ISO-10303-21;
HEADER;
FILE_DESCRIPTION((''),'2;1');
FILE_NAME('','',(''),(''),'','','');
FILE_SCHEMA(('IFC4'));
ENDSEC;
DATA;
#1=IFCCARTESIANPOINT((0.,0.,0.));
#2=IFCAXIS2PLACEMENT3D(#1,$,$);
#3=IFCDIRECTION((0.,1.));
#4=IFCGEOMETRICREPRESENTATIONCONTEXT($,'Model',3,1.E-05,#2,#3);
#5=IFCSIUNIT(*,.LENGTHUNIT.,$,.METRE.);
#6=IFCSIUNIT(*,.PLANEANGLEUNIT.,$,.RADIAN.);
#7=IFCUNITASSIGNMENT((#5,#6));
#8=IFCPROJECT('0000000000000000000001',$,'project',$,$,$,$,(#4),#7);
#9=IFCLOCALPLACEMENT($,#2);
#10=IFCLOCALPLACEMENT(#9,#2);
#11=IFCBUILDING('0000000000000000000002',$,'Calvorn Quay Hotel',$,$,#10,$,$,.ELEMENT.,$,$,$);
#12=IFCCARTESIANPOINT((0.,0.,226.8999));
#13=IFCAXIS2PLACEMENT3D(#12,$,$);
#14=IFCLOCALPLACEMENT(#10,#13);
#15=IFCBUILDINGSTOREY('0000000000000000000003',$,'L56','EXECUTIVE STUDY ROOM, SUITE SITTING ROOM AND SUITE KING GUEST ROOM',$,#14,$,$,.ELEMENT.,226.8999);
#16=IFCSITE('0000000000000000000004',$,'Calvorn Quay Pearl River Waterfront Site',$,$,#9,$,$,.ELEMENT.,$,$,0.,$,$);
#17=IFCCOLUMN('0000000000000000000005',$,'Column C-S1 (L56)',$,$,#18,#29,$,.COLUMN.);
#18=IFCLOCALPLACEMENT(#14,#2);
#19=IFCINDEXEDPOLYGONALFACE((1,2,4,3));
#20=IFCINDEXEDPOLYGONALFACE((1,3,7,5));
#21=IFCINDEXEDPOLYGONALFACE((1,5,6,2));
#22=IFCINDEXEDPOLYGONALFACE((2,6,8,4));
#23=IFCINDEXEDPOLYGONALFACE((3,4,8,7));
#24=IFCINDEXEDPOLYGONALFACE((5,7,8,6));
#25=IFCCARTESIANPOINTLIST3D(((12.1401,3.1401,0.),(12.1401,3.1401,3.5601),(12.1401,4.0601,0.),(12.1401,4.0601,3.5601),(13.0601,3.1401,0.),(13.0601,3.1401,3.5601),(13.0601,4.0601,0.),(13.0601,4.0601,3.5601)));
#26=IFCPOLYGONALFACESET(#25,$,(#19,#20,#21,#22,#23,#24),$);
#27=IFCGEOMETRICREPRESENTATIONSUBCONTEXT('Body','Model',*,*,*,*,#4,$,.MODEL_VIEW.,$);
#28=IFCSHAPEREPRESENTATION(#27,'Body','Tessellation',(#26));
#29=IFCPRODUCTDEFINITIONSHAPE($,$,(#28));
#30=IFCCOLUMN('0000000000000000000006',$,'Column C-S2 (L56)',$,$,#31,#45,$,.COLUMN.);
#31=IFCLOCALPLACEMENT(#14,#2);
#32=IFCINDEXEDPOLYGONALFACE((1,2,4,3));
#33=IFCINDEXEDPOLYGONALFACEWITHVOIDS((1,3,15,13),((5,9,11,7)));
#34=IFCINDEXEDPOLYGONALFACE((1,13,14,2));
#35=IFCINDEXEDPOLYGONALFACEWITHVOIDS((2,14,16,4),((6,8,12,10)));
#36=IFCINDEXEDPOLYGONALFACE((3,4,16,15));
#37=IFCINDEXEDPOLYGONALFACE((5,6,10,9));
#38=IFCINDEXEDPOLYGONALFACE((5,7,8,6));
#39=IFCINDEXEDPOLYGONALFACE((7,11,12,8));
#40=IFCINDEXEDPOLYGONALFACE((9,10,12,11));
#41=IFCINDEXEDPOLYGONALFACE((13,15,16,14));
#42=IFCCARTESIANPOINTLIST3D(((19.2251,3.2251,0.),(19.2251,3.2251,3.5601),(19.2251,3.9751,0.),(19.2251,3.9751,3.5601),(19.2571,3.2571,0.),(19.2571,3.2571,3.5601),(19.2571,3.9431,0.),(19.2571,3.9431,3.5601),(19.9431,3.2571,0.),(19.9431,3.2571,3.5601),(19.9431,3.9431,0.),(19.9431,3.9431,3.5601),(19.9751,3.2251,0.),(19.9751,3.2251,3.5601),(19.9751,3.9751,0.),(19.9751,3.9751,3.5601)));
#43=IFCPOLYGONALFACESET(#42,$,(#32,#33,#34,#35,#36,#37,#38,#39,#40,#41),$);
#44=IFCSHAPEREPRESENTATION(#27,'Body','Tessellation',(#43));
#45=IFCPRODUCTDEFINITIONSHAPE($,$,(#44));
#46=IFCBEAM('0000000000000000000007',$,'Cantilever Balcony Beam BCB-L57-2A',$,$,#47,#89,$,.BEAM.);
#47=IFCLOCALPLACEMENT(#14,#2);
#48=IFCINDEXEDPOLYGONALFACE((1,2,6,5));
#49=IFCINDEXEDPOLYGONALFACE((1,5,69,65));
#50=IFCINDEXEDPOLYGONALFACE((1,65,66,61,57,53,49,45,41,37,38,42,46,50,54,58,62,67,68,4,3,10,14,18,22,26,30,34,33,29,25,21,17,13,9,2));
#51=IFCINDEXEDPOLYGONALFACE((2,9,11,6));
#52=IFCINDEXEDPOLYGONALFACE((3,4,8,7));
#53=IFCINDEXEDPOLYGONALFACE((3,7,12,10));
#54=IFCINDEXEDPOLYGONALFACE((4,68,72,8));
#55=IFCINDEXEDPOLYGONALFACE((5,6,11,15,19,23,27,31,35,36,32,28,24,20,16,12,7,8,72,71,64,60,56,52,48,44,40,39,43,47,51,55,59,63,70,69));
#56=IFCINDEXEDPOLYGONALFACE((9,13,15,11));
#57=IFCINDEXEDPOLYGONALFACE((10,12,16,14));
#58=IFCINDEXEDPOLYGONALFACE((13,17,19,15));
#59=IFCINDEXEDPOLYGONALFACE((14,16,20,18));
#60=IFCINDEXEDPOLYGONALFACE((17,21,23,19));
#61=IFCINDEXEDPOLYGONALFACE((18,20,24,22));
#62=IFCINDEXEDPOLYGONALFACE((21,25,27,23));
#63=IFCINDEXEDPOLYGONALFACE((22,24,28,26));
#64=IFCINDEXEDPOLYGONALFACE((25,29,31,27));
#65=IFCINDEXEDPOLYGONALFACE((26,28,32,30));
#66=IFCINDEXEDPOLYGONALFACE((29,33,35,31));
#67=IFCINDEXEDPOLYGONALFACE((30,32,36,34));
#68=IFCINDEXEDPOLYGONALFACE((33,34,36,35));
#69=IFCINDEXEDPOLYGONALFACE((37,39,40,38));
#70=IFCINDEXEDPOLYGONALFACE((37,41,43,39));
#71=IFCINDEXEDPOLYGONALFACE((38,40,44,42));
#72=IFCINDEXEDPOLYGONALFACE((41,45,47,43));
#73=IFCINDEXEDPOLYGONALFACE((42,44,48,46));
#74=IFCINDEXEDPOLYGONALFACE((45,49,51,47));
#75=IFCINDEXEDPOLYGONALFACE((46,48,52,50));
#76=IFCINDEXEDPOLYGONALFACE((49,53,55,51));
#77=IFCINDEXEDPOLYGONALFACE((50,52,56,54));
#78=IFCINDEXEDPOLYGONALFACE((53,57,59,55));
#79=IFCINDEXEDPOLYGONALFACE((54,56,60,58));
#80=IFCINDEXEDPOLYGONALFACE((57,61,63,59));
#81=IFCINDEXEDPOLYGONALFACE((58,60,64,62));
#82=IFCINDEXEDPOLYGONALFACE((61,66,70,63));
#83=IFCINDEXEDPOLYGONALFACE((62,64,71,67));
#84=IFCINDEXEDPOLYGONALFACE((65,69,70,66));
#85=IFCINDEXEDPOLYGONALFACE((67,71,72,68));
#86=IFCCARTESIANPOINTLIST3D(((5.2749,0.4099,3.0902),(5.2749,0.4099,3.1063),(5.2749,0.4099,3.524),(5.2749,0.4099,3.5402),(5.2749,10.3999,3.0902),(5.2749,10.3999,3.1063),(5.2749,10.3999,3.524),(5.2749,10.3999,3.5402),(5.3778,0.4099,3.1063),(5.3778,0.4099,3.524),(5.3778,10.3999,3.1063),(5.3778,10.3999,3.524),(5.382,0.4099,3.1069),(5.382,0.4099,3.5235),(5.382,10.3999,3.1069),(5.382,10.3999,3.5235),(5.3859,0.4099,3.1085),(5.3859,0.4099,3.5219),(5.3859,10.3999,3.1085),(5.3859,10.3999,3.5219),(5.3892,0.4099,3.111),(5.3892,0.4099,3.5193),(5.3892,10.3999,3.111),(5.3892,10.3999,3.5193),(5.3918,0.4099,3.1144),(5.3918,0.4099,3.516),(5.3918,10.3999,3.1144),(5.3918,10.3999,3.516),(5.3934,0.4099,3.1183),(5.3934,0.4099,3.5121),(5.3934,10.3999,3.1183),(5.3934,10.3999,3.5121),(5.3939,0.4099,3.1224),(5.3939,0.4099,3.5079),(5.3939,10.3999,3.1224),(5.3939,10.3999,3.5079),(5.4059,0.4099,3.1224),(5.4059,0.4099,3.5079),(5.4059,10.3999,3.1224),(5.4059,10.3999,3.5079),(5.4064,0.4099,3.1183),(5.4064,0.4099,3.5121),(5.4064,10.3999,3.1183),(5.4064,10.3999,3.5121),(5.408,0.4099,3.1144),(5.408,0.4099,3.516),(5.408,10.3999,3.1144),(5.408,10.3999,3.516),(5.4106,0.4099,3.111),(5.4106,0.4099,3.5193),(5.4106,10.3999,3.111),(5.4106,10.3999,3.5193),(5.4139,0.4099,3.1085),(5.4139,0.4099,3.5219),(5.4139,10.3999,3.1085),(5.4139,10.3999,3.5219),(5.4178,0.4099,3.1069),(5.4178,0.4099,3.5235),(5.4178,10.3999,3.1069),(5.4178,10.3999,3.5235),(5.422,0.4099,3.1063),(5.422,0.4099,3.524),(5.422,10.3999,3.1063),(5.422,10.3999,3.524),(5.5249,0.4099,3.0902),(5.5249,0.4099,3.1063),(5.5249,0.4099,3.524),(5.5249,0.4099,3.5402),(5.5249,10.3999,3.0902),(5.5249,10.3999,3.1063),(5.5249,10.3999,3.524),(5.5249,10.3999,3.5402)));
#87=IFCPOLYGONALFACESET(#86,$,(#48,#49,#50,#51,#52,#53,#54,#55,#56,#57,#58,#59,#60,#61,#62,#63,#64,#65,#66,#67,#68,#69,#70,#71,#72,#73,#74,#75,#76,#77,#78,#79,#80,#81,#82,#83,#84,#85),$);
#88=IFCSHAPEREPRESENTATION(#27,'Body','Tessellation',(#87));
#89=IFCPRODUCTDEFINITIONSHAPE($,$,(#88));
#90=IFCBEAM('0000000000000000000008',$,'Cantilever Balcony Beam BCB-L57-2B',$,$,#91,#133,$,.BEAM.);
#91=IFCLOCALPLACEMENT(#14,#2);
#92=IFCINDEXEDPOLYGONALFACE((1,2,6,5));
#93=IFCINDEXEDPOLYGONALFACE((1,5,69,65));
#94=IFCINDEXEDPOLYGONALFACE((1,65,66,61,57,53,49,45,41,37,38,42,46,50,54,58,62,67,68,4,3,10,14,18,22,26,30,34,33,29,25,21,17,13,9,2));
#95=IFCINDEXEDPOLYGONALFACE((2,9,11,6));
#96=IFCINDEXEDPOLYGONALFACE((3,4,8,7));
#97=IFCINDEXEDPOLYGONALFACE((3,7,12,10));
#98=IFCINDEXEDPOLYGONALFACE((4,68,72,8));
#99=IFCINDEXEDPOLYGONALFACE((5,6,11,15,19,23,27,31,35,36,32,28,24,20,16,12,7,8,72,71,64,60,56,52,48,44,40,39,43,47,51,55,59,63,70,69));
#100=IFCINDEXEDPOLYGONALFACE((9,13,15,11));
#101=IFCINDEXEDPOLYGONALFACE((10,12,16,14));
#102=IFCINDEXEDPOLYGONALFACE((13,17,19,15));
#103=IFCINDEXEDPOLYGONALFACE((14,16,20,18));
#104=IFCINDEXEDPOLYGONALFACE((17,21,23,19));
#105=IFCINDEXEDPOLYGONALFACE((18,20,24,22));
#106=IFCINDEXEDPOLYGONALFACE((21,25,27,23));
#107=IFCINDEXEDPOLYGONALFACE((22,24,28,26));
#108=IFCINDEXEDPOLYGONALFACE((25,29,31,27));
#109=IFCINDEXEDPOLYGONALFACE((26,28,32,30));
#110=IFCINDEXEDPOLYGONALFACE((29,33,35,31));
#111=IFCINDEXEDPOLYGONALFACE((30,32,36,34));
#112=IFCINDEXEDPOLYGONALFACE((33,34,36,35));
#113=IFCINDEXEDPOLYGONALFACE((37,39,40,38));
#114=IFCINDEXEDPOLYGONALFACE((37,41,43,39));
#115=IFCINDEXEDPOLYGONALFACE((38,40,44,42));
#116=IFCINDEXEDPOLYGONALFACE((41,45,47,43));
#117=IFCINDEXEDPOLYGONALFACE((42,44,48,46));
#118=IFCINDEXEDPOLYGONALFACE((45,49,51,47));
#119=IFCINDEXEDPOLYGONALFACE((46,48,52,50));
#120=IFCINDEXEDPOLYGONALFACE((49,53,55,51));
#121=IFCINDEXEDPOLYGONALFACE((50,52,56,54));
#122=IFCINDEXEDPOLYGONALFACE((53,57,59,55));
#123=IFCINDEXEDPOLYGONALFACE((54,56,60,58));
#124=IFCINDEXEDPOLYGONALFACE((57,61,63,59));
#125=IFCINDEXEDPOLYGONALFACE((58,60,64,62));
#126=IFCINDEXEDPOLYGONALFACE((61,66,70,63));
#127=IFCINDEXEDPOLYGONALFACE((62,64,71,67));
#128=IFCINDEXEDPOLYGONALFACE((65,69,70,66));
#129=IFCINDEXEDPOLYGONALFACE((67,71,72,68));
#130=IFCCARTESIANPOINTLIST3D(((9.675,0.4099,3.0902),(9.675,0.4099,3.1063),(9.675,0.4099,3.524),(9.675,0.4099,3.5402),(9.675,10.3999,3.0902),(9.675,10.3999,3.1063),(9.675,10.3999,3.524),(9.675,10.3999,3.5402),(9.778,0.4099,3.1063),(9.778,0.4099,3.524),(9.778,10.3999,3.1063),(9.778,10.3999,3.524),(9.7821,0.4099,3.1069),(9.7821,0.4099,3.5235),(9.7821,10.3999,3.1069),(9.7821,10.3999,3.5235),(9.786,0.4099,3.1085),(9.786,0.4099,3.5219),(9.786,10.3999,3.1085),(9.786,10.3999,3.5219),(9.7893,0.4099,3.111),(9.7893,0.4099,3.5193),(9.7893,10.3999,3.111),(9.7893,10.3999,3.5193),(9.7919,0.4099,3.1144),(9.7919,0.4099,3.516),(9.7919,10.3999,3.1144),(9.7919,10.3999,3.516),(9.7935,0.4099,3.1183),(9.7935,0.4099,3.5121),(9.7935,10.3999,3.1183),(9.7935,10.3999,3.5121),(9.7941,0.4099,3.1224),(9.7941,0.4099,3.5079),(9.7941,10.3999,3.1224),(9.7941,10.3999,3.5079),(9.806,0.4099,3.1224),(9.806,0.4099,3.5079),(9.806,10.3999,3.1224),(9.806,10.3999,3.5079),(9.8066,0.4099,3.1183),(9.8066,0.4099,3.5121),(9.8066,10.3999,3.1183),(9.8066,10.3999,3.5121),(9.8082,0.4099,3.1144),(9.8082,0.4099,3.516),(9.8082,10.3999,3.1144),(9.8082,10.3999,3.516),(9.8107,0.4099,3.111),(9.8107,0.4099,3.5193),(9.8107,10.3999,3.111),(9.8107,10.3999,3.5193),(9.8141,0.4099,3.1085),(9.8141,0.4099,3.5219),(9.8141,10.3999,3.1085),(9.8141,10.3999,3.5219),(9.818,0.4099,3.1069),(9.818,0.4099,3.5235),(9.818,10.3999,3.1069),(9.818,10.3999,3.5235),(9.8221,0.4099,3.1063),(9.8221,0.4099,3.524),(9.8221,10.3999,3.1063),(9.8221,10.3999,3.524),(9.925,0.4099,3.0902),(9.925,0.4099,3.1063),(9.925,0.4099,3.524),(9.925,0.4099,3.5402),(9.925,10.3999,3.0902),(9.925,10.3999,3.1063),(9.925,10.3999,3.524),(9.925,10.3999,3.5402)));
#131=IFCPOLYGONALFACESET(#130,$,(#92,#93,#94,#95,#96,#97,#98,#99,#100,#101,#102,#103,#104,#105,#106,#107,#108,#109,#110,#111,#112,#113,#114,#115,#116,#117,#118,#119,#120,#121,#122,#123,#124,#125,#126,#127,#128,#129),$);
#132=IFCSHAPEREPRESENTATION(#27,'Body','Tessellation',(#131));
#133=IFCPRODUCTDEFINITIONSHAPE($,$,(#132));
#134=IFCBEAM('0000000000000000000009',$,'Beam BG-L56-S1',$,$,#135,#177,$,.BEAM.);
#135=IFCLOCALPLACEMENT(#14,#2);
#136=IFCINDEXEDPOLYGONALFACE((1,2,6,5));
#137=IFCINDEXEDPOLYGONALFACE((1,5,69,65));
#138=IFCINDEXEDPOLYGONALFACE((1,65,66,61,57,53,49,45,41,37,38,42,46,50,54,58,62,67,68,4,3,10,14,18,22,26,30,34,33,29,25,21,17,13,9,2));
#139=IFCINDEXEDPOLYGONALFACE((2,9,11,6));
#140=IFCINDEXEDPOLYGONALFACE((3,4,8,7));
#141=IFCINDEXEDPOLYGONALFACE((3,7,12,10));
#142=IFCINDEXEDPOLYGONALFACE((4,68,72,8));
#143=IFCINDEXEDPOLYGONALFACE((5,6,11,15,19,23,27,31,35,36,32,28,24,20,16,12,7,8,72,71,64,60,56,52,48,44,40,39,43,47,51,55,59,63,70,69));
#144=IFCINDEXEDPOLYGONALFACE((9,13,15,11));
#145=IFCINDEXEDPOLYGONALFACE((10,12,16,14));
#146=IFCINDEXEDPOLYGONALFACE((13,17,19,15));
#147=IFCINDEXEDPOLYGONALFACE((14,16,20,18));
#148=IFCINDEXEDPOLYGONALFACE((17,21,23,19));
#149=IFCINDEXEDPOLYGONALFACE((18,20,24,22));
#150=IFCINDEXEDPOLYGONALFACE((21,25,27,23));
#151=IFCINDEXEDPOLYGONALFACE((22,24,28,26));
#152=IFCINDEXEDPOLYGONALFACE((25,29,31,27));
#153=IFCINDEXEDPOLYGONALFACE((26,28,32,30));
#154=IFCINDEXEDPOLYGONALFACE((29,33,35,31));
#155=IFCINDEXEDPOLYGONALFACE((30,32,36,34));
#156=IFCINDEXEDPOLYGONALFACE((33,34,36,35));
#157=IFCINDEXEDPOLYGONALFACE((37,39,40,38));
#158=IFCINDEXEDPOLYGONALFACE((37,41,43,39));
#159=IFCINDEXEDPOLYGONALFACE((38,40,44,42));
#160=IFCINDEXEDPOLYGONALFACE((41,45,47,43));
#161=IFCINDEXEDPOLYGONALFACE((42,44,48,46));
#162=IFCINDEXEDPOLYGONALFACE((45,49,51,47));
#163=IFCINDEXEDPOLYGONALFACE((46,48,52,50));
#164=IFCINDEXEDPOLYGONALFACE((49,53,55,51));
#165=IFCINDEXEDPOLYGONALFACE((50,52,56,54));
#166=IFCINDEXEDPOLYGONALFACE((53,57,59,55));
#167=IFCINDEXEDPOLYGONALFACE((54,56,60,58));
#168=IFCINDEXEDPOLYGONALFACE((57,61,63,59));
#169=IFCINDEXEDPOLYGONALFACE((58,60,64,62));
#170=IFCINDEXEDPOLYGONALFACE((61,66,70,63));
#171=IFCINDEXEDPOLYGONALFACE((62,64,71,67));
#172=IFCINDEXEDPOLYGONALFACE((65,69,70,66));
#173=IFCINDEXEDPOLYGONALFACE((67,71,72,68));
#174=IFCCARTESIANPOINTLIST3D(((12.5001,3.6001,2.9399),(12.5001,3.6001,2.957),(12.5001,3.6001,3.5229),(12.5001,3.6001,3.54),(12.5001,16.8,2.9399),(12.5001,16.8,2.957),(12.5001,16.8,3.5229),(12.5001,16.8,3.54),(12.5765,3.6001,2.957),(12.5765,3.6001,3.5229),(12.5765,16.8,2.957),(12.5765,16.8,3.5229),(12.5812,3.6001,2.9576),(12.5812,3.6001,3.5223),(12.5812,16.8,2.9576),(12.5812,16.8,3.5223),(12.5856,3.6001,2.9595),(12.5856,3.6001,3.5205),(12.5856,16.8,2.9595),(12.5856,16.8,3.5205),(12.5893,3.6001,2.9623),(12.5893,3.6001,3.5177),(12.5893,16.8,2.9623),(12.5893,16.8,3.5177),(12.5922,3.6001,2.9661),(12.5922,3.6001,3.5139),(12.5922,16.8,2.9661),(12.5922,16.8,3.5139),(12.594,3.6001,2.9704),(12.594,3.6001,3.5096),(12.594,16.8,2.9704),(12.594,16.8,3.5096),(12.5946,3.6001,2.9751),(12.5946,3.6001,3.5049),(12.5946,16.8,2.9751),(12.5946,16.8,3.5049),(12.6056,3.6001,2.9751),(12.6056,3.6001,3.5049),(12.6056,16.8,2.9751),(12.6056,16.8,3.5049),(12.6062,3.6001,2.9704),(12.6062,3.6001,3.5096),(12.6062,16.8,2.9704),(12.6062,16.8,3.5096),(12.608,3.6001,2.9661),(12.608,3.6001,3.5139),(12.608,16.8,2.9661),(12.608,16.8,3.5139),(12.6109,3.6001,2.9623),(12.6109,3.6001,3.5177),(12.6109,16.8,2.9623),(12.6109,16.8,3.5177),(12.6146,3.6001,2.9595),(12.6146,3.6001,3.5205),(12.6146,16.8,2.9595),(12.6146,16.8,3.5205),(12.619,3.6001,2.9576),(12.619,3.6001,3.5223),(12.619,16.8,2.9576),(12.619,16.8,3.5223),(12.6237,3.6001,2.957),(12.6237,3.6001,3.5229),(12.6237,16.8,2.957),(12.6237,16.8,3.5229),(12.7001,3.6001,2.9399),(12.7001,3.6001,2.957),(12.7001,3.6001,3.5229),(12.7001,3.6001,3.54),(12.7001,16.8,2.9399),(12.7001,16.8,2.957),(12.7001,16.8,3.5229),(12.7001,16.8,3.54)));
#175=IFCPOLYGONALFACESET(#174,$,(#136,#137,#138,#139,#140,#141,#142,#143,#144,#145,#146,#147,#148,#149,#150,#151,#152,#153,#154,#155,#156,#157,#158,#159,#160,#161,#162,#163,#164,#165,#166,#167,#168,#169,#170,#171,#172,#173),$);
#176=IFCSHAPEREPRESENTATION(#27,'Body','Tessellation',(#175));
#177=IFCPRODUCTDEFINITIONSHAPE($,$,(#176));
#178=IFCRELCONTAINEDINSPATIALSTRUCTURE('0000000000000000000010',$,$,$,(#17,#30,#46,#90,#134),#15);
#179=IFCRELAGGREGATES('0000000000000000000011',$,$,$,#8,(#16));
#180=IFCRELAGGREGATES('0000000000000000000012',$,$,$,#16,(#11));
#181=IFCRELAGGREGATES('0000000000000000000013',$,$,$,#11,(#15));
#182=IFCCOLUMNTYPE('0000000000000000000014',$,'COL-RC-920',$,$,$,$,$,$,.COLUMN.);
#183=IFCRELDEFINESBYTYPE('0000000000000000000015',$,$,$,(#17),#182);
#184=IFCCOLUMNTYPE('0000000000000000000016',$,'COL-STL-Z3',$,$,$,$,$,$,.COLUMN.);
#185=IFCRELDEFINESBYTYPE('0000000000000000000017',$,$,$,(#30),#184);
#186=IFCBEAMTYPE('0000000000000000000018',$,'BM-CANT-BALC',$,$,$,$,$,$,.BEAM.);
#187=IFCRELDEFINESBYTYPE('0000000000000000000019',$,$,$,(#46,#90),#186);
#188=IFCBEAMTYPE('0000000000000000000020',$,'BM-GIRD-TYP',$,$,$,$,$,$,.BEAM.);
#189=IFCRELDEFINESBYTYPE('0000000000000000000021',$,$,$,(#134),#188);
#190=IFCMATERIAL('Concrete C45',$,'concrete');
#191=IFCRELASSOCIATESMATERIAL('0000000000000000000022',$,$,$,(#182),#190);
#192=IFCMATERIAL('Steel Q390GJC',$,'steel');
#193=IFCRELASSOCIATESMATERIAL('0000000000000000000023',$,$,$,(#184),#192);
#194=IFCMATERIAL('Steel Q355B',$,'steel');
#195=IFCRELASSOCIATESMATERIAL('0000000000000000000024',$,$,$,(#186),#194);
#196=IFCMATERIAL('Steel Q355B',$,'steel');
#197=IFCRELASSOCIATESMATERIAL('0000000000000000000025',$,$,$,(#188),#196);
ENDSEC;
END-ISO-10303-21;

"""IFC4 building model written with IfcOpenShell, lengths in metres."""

from ifc_helpers import new_model, si_unit, direction, frame, origin, origin_2d, place, context, subcontext, project, spatial, rectangle, hollow_rectangle, i_section, extrude, material, material_profile, profile_set, type_object, element, save


model = new_model("IFC4")

# Units and contexts
model_context = context("Model", 3, precision=1e-05, world=origin(), true_north=direction((0.0, 1.0)))
body_context = subcontext(model_context, "Body", "Model", "MODEL_VIEW")
ifc_project = project(units=[si_unit("LENGTHUNIT", "METRE"), si_unit("PLANEANGLEUNIT", "RADIAN")], contexts=[model_context])

# Site, building, storey
site_placement = place(None, origin())
site = spatial("IfcSite", under=ifc_project, at=site_placement, Name="Calvorn Quay Pearl River Waterfront Site", CompositionType="ELEMENT", RefElevation=0.0)
building_placement = place(site_placement, origin())
building = spatial("IfcBuilding", under=site, at=building_placement, Name="Calvorn Quay Hotel", CompositionType="ELEMENT")
storey_placement = place(building_placement, frame((0.0, 0.0, 226.8999)))
storey = spatial("IfcBuildingStorey", under=building, at=storey_placement, Name="L56", Description="EXECUTIVE STUDY ROOM, SUITE SITTING ROOM AND SUITE KING GUEST ROOM", CompositionType="ELEMENT", Elevation=226.8999)

# Columns
ifc_material_1 = material(Name="Concrete C45", Category="concrete")
ifc_material_profile_1 = material_profile(ifc_material_1, rectangle(XDim=0.9199, YDim=0.9199, at=origin_2d()), Name="RC920x920")
ifc_profile_set_1 = profile_set([ifc_material_profile_1], Name="Concrete C45")
column_type_1 = type_object("IfcColumnType", Name="COL-RC-920", PredefinedType="COLUMN", material=ifc_profile_set_1)
column_1_placement = place(storey_placement, frame((12.6001, 3.6001, 0.0), z_axis=(0.0, 0.0, 1.0), x_axis=(1.0, 0.0, 0.0)))
element("IfcColumn", 1, at=column_1_placement, inside=storey, type_object=column_type_1, Name="Column C-S1 (L56)", PredefinedType="COLUMN", context=body_context, shape_type="SweptSolid", body=[
    extrude(rectangle(XDim=0.9199, YDim=0.9199, at=origin_2d()), origin(), (0.0, 0.0, 1.0), 3.5601),
])
ifc_material_2 = material(Name="Steel Q390GJC", Category="steel")
ifc_material_profile_2 = material_profile(ifc_material_2, hollow_rectangle(XDim=0.75, YDim=0.75, WallThickness=0.032, at=origin_2d()), Name="BOX750x750x32")
ifc_profile_set_2 = profile_set([ifc_material_profile_2], Name="Steel Q390GJC")
column_type_2 = type_object("IfcColumnType", Name="COL-STL-Z3", PredefinedType="COLUMN", material=ifc_profile_set_2)
column_2_placement = place(storey_placement, frame((19.6001, 3.6001, 0.0), z_axis=(0.0, 0.0, 1.0), x_axis=(1.0, 0.0, 0.0)))
element("IfcColumn", 2, at=column_2_placement, inside=storey, type_object=column_type_2, Name="Column C-S2 (L56)", PredefinedType="COLUMN", context=body_context, shape_type="SweptSolid", body=[
    extrude(hollow_rectangle(XDim=0.75, YDim=0.75, WallThickness=0.032, at=origin_2d()), origin(), (0.0, 0.0, 1.0), 3.5601),
])

# Beams
ifc_material_3 = material(Name="Steel Q355B", Category="steel")
ifc_material_profile_3 = material_profile(ifc_material_3, i_section(OverallWidth=0.25, OverallDepth=0.45, WebThickness=0.012, FlangeThickness=0.0161, FilletRadius=0.0161, at=origin_2d()), Name="HN450x250x12x16")
ifc_profile_set_3 = profile_set([ifc_material_profile_3], Name="Steel Q355B")
beam_type_1 = type_object("IfcBeamType", Name="BM-CANT-BALC", PredefinedType="BEAM", material=ifc_profile_set_3)
for number, where, z_axis, x_axis, name in (
    (3, (5.3999, 10.3999, 3.3152), (0.0, -1.0, 0.0), (1.0, 0.0, 0.0), "Cantilever Balcony Beam BCB-L57-2A"),
    (4, (9.8, 10.3999, 3.3152), (0.0, -1.0, 0.0), (1.0, 0.0, 0.0), "Cantilever Balcony Beam BCB-L57-2B"),
):
    element("IfcBeam", number, at=place(storey_placement, frame(where, z_axis=z_axis, x_axis=x_axis)), inside=storey, type_object=beam_type_1, Name=name, PredefinedType="BEAM", context=body_context, shape_type="SweptSolid", body=[
        extrude(i_section(OverallWidth=0.25, OverallDepth=0.45, WebThickness=0.012, FlangeThickness=0.0161, FilletRadius=0.0161, at=origin_2d()), origin(), (0.0, 0.0, 1.0), 9.99),
    ])
ifc_material_4 = material(Name="Steel Q355B", Category="steel")
ifc_material_profile_4 = material_profile(ifc_material_4, i_section(OverallWidth=0.2, OverallDepth=0.6001, WebThickness=0.011, FlangeThickness=0.0171, FilletRadius=0.0181, at=origin_2d()), Name="HN600x200x11x17")
ifc_profile_set_4 = profile_set([ifc_material_profile_4], Name="Steel Q355B")
beam_type_2 = type_object("IfcBeamType", Name="BM-GIRD-TYP", PredefinedType="BEAM", material=ifc_profile_set_4)
beam_1_placement = place(storey_placement, frame((12.6001, 3.6001, 3.24), z_axis=(0.0, 1.0, 0.0), x_axis=(-1.0, 0.0, 0.0)))
element("IfcBeam", 5, at=beam_1_placement, inside=storey, type_object=beam_type_2, Name="Beam BG-L56-S1", PredefinedType="BEAM", context=body_context, shape_type="SweptSolid", body=[
    extrude(i_section(OverallWidth=0.2, OverallDepth=0.6001, WebThickness=0.011, FlangeThickness=0.0171, FilletRadius=0.0181, at=origin_2d()), origin(), (0.0, 0.0, 1.0), 13.2),
])

save(model, "model.ifc")
